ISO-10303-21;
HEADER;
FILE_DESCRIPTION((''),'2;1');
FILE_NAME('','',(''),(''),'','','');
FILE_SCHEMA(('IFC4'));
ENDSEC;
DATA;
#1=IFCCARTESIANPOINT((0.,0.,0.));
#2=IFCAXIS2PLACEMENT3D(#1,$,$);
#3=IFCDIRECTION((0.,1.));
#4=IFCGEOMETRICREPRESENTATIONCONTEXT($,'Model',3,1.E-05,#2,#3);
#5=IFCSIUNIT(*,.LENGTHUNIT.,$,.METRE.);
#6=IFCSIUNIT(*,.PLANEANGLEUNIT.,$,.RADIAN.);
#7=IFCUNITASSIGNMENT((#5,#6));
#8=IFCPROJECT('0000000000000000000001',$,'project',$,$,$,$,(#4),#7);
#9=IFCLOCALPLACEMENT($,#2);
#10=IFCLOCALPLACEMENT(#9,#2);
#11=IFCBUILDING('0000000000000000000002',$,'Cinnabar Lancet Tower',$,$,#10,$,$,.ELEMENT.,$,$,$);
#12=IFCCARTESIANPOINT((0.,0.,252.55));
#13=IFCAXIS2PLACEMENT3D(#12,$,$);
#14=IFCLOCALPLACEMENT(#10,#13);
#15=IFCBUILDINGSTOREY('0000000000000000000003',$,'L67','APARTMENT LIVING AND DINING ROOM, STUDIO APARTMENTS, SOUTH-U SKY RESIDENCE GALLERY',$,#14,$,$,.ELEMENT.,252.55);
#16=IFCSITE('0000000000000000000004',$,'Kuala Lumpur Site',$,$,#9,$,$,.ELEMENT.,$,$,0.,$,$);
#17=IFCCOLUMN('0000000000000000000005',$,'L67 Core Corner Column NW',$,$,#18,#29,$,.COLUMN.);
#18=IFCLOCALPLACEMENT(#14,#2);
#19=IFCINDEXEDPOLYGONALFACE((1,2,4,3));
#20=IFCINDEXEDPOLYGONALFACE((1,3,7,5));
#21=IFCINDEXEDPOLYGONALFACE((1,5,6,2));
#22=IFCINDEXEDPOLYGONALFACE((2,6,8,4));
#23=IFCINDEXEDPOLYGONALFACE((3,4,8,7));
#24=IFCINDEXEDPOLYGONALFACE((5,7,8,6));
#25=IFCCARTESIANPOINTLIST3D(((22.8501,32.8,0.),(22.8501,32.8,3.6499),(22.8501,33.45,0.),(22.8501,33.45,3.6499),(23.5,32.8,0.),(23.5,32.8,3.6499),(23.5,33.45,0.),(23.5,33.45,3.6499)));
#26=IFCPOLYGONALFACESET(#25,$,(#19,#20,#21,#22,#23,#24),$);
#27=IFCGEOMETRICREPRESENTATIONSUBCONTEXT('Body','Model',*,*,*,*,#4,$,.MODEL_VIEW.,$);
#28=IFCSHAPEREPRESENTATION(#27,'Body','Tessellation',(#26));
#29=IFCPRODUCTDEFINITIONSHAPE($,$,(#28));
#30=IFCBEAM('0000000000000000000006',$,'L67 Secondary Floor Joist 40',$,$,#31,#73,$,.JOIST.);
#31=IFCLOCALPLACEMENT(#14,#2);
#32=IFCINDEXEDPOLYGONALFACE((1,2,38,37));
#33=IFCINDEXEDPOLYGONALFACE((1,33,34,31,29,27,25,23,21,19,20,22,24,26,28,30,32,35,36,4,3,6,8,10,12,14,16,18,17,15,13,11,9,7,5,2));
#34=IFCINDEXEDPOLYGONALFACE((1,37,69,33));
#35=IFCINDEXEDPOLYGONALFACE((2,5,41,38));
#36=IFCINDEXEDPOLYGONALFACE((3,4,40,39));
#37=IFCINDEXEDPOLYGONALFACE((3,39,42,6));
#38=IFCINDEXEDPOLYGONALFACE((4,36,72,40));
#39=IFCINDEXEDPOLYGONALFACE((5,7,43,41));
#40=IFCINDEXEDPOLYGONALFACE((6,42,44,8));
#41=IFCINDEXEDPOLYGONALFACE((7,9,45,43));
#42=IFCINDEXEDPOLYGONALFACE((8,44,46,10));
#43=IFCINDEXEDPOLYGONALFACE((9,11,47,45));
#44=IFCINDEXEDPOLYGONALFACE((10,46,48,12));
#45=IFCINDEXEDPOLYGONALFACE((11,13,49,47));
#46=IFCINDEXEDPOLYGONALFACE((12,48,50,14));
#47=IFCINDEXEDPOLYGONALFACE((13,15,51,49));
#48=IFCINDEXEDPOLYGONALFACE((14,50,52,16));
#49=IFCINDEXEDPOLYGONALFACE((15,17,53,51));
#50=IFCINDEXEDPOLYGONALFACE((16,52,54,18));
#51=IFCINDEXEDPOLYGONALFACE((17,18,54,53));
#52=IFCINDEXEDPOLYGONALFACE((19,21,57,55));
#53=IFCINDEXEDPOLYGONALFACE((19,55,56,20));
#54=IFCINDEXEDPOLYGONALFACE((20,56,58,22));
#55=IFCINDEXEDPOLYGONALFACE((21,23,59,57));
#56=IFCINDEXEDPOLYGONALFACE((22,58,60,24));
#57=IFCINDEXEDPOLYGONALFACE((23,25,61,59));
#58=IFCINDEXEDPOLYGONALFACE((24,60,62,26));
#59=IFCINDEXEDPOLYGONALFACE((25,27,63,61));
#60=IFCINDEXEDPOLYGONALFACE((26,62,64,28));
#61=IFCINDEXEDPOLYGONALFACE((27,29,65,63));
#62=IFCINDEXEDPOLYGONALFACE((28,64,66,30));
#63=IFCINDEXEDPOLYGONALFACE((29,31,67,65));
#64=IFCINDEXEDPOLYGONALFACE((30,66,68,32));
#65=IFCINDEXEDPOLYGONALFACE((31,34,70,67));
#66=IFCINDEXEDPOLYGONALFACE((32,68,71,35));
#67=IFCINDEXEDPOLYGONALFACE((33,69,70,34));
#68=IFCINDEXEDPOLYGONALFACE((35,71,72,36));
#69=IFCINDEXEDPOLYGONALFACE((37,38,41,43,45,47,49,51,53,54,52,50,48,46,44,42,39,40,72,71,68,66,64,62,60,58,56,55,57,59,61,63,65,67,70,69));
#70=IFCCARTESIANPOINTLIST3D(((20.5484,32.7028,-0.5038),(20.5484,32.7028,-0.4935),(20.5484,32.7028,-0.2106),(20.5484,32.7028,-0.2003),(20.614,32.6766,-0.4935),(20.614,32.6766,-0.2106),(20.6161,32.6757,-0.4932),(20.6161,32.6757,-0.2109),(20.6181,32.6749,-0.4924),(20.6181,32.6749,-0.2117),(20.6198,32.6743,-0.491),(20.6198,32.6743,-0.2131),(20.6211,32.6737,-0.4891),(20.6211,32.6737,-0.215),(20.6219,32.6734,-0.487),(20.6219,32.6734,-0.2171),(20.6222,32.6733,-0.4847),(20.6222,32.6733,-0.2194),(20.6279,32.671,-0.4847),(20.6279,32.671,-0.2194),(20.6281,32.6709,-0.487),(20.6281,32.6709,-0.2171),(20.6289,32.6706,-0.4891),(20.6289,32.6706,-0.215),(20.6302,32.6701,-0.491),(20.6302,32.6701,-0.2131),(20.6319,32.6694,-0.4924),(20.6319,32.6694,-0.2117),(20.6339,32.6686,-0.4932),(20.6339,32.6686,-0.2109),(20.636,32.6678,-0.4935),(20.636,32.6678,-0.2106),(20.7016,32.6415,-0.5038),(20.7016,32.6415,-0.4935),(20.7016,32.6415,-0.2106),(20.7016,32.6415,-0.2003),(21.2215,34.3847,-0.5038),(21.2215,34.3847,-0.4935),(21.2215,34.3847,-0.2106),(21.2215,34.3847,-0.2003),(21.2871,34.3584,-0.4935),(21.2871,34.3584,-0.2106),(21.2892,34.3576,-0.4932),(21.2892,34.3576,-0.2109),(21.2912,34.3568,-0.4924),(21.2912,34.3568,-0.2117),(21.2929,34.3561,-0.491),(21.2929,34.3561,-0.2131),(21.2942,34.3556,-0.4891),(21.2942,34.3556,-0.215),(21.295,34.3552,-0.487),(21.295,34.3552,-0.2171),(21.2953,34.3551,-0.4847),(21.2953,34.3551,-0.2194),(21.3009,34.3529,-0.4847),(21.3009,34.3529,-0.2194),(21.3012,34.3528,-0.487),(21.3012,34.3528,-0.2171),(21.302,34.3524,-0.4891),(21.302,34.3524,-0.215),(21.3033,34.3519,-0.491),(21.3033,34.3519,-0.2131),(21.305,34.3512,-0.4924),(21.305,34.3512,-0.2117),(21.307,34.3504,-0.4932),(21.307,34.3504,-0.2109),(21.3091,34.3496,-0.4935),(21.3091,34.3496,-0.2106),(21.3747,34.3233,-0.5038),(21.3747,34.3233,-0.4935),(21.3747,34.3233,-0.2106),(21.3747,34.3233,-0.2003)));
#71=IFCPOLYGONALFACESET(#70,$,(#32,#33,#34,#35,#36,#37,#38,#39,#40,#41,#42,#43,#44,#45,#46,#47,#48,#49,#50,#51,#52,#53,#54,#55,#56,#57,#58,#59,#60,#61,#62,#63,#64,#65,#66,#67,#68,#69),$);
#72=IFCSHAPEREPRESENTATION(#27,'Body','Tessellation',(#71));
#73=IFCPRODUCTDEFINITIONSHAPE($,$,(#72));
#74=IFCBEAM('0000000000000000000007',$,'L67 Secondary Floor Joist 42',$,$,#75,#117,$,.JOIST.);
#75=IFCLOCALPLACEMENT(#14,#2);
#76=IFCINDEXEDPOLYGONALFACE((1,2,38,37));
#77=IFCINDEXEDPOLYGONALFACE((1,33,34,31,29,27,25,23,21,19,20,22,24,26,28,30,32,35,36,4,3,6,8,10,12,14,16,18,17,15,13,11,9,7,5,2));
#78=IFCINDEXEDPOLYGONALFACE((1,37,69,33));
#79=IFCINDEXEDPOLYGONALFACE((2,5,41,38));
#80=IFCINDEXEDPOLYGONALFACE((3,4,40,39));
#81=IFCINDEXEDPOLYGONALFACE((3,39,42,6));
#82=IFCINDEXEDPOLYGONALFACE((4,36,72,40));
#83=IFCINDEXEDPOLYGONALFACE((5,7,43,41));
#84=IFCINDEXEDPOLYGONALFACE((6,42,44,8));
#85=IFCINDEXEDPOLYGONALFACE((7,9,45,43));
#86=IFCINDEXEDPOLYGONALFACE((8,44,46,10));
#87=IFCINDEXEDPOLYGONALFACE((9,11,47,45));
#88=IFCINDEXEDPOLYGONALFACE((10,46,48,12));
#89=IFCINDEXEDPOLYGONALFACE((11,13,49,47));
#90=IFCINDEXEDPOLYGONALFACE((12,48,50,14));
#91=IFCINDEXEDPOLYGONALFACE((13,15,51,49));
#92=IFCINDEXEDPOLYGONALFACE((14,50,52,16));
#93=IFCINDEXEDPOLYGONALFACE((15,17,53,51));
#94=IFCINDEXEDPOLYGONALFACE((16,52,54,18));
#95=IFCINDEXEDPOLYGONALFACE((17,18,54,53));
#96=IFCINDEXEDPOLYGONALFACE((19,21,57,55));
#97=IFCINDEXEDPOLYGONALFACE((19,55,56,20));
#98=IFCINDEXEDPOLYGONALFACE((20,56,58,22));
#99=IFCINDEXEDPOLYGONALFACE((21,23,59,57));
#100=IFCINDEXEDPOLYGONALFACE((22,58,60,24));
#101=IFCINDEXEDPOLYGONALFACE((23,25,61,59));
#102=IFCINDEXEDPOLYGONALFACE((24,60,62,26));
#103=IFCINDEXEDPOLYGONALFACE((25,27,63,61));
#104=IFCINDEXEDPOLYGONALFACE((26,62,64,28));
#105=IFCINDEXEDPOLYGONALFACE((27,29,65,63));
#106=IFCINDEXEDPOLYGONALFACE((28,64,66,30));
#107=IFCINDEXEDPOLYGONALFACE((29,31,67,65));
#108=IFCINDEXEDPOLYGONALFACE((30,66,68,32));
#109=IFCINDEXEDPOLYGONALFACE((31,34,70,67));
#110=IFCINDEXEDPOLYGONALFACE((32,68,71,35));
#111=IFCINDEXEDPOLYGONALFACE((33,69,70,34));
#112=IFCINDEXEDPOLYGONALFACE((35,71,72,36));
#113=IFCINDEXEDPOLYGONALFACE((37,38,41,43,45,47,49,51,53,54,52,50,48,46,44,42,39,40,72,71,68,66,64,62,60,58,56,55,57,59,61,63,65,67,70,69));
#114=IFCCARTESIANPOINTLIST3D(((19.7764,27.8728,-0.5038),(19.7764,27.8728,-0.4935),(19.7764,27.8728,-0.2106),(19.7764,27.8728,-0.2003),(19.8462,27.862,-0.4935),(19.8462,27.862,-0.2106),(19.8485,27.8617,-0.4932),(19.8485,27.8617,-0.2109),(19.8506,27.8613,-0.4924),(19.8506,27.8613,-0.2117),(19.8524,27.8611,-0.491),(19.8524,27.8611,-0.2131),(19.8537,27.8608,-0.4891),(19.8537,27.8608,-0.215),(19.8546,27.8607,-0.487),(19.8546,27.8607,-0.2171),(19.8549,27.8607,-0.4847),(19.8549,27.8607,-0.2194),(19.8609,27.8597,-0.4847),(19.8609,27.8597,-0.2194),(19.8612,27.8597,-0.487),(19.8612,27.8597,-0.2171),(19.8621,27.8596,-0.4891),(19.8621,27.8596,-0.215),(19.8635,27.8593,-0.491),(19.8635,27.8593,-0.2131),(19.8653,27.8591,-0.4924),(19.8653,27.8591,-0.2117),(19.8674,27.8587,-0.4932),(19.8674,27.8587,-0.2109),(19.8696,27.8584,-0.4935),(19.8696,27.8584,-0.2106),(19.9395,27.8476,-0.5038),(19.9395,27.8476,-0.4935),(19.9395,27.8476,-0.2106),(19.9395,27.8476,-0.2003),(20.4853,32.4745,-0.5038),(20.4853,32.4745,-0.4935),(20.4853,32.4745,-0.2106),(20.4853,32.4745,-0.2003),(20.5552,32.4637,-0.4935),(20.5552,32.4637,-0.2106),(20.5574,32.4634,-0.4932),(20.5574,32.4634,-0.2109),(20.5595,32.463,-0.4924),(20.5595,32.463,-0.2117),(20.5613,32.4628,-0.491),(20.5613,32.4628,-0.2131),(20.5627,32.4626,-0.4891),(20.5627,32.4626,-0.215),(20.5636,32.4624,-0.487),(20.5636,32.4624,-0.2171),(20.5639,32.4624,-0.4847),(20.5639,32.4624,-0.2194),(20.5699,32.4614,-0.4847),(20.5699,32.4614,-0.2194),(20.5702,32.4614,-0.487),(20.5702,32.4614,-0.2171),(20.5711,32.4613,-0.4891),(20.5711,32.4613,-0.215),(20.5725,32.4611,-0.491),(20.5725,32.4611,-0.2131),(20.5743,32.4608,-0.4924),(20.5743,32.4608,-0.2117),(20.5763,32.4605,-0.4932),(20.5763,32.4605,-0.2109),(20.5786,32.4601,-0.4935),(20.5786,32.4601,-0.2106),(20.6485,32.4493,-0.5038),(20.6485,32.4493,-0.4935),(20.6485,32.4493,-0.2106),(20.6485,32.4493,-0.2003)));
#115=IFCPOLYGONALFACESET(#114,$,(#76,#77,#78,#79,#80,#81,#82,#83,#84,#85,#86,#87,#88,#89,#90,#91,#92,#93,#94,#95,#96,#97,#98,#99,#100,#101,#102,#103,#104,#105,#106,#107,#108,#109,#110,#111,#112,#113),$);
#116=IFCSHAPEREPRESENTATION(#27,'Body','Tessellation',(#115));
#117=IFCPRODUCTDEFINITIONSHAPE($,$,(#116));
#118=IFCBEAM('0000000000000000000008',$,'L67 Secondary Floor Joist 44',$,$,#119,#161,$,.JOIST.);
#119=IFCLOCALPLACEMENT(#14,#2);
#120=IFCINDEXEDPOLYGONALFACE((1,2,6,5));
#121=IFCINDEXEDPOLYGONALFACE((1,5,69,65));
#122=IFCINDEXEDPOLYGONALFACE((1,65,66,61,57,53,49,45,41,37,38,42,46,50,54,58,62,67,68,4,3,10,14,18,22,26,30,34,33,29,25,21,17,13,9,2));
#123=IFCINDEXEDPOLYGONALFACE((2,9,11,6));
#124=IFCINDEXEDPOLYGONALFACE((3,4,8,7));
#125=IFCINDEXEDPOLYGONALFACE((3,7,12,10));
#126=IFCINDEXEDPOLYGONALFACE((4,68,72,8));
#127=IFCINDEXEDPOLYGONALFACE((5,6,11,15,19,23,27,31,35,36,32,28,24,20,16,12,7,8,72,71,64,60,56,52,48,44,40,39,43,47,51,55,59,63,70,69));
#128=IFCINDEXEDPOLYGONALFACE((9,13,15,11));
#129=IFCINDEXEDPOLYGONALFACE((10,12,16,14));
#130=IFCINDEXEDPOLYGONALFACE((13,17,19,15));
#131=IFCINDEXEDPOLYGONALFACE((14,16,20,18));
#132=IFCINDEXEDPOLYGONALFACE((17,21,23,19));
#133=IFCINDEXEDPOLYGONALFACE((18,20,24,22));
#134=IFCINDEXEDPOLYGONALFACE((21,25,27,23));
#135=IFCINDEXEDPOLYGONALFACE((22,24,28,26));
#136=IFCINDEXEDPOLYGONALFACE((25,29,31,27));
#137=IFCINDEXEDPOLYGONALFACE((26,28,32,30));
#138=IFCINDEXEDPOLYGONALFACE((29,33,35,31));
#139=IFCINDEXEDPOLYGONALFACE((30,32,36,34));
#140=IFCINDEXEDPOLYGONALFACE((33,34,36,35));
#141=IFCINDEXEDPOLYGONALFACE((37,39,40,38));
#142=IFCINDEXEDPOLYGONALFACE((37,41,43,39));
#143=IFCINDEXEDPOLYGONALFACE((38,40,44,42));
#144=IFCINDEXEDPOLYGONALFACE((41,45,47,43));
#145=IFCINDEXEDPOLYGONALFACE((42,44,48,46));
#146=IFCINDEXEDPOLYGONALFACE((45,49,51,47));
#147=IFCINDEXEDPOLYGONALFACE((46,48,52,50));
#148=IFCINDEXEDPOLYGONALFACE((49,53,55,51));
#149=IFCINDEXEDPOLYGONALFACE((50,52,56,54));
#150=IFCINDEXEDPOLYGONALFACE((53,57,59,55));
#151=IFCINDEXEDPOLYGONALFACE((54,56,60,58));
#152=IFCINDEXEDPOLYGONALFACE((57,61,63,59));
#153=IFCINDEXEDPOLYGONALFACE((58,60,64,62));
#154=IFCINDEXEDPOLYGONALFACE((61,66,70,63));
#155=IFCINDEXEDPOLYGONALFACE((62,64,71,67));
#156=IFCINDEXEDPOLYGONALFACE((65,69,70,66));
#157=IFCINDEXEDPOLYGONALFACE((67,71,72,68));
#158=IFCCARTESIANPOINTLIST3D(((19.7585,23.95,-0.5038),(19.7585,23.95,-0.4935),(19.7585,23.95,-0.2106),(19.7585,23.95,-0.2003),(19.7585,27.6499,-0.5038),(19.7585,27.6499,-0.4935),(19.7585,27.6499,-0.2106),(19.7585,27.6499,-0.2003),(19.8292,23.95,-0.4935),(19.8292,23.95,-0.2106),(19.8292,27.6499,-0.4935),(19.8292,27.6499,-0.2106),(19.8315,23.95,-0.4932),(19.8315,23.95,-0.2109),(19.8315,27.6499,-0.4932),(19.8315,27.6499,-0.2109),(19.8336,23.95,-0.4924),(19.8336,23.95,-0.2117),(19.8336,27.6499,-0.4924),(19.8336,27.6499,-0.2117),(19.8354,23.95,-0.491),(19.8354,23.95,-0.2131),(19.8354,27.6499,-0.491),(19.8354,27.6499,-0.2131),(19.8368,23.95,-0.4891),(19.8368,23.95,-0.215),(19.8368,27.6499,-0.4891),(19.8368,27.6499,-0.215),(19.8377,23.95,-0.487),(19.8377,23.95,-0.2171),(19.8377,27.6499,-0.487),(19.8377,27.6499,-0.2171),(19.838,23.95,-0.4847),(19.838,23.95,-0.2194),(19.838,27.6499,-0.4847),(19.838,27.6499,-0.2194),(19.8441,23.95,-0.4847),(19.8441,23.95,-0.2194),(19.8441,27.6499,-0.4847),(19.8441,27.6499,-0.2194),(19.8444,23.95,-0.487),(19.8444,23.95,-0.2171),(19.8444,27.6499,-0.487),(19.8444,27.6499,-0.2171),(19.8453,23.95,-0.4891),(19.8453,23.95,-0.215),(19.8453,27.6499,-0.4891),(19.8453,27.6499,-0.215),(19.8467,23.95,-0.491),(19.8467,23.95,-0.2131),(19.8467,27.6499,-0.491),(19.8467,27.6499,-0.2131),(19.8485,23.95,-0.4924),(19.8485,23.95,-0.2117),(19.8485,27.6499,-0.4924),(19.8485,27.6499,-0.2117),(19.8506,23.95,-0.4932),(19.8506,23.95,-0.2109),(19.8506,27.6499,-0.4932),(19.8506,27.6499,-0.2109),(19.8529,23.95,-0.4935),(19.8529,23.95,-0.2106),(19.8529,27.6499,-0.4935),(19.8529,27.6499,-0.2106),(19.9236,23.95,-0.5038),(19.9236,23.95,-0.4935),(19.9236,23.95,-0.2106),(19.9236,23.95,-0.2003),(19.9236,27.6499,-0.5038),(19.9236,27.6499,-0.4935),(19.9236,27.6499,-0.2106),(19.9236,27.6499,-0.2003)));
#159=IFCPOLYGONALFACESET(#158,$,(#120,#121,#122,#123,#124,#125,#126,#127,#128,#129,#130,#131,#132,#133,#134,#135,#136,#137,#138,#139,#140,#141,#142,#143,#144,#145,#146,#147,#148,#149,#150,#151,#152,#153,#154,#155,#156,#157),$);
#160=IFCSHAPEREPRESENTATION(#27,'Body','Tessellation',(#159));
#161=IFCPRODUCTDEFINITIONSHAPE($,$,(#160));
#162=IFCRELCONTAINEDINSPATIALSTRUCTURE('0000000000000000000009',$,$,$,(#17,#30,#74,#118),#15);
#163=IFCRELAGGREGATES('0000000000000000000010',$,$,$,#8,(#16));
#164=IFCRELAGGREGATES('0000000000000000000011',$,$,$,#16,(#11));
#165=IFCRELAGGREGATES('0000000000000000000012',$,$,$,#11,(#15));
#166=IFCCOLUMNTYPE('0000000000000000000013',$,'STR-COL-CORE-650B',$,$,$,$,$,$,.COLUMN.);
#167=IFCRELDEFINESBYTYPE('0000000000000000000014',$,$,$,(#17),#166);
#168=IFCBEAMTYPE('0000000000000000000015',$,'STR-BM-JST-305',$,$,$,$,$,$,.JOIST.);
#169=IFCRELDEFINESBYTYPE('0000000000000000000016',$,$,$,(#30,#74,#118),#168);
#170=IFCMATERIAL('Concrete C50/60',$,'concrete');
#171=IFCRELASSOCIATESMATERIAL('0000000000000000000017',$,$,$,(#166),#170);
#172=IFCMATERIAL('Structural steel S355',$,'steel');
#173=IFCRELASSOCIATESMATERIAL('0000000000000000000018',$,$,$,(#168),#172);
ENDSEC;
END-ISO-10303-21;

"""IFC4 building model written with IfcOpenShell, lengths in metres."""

from ifc_helpers import new_model, si_unit, direction, frame, origin, origin_2d, place, context, subcontext, project, spatial, rectangle, i_section, extrude, material, material_profile, profile_set, type_object, element, save


model = new_model("IFC4")

# Units and contexts
model_context = context("Model", 3, precision=1e-05, world=origin(), true_north=direction((0.0, 1.0)))
body_context = subcontext(model_context, "Body", "Model", "MODEL_VIEW")
ifc_project = project(units=[si_unit("LENGTHUNIT", "METRE"), si_unit("PLANEANGLEUNIT", "RADIAN")], contexts=[model_context])

# Site, building, storey
site_placement = place(None, origin())
site = spatial("IfcSite", under=ifc_project, at=site_placement, Name="Kuala Lumpur Site", CompositionType="ELEMENT", RefElevation=0.0)
building_placement = place(site_placement, origin())
building = spatial("IfcBuilding", under=site, at=building_placement, Name="Cinnabar Lancet Tower", CompositionType="ELEMENT")
storey_placement = place(building_placement, frame((0.0, 0.0, 252.55)))
storey = spatial("IfcBuildingStorey", under=building, at=storey_placement, Name="L67", Description="APARTMENT LIVING AND DINING ROOM, STUDIO APARTMENTS, SOUTH-U SKY RESIDENCE GALLERY", CompositionType="ELEMENT", Elevation=252.55)

# Column
ifc_material_1 = material(Name="Concrete C50/60", Category="concrete")
ifc_material_profile_1 = material_profile(ifc_material_1, rectangle(XDim=0.6499, YDim=0.6499, at=origin_2d()), Name="RC-COL 650x650")
ifc_profile_set_1 = profile_set([ifc_material_profile_1], Name="Concrete C50/60")
column_type = type_object("IfcColumnType", Name="STR-COL-CORE-650B", PredefinedType="COLUMN", material=ifc_profile_set_1)
column_placement = place(storey_placement, frame((23.175, 33.125, 0.0), z_axis=(0.0, 0.0, 1.0), x_axis=(1.0, 0.0, 0.0)))
element("IfcColumn", 1, at=column_placement, inside=storey, type_object=column_type, Name="L67 Core Corner Column NW", PredefinedType="COLUMN", context=body_context, shape_type="SweptSolid", body=[
    extrude(rectangle(XDim=0.6499, YDim=0.6499, at=origin_2d()), origin(), (0.0, 0.0, 1.0), 3.6499),
])

# Beams
ifc_material_2 = material(Name="Structural steel S355", Category="steel")
ifc_material_profile_2 = material_profile(ifc_material_2, i_section(OverallWidth=0.165, OverallDepth=0.3035, WebThickness=0.0061, FlangeThickness=0.0103, FilletRadius=0.0088, at=origin_2d()), Name="UKB 305x165x40")
ifc_profile_set_2 = profile_set([ifc_material_profile_2], Name="Structural steel S355")
beam_type_1 = type_object("IfcBeamType", Name="STR-BM-JST-305", PredefinedType="JOIST", material=ifc_profile_set_2)
beam_1_placement = place(storey_placement, frame((21.2981, 34.354, -0.3521), z_axis=(-0.371553, -0.928412, 0.0), x_axis=(0.928412, -0.371553, 0.0)))
element("IfcBeam", 2, at=beam_1_placement, inside=storey, type_object=beam_type_1, Name="L67 Secondary Floor Joist 40", PredefinedType="JOIST", context=body_context, shape_type="SweptSolid", body=[
    extrude(i_section(OverallWidth=0.165, OverallDepth=0.3035, WebThickness=0.0061, FlangeThickness=0.0103, FilletRadius=0.0088, at=origin_2d()), origin(), (0.0, 0.0, 1.0), 1.8115),
])
beam_2_placement = place(storey_placement, frame((20.5669, 32.4619, -0.3521), z_axis=(-0.15227, -0.988339, 0.0), x_axis=(0.988339, -0.15227, 0.0)))
element("IfcBeam", 3, at=beam_2_placement, inside=storey, type_object=beam_type_1, Name="L67 Secondary Floor Joist 42", PredefinedType="JOIST", context=body_context, shape_type="SweptSolid", body=[
    extrude(i_section(OverallWidth=0.165, OverallDepth=0.3035, WebThickness=0.0061, FlangeThickness=0.0103, FilletRadius=0.0088, at=origin_2d()), origin(), (0.0, 0.0, 1.0), 4.656),
])
beam_3_placement = place(storey_placement, frame((19.8411, 27.6499, -0.3521), z_axis=(0.0, -1.0, 0.0), x_axis=(1.0, 0.0, 0.0)))
element("IfcBeam", 4, at=beam_3_placement, inside=storey, type_object=beam_type_1, Name="L67 Secondary Floor Joist 44", PredefinedType="JOIST", context=body_context, shape_type="SweptSolid", body=[
    extrude(i_section(OverallWidth=0.165, OverallDepth=0.3035, WebThickness=0.0061, FlangeThickness=0.0103, FilletRadius=0.0088, at=origin_2d()), origin(), (0.0, 0.0, 1.0), 3.7),
])

save(model, "model.ifc")
